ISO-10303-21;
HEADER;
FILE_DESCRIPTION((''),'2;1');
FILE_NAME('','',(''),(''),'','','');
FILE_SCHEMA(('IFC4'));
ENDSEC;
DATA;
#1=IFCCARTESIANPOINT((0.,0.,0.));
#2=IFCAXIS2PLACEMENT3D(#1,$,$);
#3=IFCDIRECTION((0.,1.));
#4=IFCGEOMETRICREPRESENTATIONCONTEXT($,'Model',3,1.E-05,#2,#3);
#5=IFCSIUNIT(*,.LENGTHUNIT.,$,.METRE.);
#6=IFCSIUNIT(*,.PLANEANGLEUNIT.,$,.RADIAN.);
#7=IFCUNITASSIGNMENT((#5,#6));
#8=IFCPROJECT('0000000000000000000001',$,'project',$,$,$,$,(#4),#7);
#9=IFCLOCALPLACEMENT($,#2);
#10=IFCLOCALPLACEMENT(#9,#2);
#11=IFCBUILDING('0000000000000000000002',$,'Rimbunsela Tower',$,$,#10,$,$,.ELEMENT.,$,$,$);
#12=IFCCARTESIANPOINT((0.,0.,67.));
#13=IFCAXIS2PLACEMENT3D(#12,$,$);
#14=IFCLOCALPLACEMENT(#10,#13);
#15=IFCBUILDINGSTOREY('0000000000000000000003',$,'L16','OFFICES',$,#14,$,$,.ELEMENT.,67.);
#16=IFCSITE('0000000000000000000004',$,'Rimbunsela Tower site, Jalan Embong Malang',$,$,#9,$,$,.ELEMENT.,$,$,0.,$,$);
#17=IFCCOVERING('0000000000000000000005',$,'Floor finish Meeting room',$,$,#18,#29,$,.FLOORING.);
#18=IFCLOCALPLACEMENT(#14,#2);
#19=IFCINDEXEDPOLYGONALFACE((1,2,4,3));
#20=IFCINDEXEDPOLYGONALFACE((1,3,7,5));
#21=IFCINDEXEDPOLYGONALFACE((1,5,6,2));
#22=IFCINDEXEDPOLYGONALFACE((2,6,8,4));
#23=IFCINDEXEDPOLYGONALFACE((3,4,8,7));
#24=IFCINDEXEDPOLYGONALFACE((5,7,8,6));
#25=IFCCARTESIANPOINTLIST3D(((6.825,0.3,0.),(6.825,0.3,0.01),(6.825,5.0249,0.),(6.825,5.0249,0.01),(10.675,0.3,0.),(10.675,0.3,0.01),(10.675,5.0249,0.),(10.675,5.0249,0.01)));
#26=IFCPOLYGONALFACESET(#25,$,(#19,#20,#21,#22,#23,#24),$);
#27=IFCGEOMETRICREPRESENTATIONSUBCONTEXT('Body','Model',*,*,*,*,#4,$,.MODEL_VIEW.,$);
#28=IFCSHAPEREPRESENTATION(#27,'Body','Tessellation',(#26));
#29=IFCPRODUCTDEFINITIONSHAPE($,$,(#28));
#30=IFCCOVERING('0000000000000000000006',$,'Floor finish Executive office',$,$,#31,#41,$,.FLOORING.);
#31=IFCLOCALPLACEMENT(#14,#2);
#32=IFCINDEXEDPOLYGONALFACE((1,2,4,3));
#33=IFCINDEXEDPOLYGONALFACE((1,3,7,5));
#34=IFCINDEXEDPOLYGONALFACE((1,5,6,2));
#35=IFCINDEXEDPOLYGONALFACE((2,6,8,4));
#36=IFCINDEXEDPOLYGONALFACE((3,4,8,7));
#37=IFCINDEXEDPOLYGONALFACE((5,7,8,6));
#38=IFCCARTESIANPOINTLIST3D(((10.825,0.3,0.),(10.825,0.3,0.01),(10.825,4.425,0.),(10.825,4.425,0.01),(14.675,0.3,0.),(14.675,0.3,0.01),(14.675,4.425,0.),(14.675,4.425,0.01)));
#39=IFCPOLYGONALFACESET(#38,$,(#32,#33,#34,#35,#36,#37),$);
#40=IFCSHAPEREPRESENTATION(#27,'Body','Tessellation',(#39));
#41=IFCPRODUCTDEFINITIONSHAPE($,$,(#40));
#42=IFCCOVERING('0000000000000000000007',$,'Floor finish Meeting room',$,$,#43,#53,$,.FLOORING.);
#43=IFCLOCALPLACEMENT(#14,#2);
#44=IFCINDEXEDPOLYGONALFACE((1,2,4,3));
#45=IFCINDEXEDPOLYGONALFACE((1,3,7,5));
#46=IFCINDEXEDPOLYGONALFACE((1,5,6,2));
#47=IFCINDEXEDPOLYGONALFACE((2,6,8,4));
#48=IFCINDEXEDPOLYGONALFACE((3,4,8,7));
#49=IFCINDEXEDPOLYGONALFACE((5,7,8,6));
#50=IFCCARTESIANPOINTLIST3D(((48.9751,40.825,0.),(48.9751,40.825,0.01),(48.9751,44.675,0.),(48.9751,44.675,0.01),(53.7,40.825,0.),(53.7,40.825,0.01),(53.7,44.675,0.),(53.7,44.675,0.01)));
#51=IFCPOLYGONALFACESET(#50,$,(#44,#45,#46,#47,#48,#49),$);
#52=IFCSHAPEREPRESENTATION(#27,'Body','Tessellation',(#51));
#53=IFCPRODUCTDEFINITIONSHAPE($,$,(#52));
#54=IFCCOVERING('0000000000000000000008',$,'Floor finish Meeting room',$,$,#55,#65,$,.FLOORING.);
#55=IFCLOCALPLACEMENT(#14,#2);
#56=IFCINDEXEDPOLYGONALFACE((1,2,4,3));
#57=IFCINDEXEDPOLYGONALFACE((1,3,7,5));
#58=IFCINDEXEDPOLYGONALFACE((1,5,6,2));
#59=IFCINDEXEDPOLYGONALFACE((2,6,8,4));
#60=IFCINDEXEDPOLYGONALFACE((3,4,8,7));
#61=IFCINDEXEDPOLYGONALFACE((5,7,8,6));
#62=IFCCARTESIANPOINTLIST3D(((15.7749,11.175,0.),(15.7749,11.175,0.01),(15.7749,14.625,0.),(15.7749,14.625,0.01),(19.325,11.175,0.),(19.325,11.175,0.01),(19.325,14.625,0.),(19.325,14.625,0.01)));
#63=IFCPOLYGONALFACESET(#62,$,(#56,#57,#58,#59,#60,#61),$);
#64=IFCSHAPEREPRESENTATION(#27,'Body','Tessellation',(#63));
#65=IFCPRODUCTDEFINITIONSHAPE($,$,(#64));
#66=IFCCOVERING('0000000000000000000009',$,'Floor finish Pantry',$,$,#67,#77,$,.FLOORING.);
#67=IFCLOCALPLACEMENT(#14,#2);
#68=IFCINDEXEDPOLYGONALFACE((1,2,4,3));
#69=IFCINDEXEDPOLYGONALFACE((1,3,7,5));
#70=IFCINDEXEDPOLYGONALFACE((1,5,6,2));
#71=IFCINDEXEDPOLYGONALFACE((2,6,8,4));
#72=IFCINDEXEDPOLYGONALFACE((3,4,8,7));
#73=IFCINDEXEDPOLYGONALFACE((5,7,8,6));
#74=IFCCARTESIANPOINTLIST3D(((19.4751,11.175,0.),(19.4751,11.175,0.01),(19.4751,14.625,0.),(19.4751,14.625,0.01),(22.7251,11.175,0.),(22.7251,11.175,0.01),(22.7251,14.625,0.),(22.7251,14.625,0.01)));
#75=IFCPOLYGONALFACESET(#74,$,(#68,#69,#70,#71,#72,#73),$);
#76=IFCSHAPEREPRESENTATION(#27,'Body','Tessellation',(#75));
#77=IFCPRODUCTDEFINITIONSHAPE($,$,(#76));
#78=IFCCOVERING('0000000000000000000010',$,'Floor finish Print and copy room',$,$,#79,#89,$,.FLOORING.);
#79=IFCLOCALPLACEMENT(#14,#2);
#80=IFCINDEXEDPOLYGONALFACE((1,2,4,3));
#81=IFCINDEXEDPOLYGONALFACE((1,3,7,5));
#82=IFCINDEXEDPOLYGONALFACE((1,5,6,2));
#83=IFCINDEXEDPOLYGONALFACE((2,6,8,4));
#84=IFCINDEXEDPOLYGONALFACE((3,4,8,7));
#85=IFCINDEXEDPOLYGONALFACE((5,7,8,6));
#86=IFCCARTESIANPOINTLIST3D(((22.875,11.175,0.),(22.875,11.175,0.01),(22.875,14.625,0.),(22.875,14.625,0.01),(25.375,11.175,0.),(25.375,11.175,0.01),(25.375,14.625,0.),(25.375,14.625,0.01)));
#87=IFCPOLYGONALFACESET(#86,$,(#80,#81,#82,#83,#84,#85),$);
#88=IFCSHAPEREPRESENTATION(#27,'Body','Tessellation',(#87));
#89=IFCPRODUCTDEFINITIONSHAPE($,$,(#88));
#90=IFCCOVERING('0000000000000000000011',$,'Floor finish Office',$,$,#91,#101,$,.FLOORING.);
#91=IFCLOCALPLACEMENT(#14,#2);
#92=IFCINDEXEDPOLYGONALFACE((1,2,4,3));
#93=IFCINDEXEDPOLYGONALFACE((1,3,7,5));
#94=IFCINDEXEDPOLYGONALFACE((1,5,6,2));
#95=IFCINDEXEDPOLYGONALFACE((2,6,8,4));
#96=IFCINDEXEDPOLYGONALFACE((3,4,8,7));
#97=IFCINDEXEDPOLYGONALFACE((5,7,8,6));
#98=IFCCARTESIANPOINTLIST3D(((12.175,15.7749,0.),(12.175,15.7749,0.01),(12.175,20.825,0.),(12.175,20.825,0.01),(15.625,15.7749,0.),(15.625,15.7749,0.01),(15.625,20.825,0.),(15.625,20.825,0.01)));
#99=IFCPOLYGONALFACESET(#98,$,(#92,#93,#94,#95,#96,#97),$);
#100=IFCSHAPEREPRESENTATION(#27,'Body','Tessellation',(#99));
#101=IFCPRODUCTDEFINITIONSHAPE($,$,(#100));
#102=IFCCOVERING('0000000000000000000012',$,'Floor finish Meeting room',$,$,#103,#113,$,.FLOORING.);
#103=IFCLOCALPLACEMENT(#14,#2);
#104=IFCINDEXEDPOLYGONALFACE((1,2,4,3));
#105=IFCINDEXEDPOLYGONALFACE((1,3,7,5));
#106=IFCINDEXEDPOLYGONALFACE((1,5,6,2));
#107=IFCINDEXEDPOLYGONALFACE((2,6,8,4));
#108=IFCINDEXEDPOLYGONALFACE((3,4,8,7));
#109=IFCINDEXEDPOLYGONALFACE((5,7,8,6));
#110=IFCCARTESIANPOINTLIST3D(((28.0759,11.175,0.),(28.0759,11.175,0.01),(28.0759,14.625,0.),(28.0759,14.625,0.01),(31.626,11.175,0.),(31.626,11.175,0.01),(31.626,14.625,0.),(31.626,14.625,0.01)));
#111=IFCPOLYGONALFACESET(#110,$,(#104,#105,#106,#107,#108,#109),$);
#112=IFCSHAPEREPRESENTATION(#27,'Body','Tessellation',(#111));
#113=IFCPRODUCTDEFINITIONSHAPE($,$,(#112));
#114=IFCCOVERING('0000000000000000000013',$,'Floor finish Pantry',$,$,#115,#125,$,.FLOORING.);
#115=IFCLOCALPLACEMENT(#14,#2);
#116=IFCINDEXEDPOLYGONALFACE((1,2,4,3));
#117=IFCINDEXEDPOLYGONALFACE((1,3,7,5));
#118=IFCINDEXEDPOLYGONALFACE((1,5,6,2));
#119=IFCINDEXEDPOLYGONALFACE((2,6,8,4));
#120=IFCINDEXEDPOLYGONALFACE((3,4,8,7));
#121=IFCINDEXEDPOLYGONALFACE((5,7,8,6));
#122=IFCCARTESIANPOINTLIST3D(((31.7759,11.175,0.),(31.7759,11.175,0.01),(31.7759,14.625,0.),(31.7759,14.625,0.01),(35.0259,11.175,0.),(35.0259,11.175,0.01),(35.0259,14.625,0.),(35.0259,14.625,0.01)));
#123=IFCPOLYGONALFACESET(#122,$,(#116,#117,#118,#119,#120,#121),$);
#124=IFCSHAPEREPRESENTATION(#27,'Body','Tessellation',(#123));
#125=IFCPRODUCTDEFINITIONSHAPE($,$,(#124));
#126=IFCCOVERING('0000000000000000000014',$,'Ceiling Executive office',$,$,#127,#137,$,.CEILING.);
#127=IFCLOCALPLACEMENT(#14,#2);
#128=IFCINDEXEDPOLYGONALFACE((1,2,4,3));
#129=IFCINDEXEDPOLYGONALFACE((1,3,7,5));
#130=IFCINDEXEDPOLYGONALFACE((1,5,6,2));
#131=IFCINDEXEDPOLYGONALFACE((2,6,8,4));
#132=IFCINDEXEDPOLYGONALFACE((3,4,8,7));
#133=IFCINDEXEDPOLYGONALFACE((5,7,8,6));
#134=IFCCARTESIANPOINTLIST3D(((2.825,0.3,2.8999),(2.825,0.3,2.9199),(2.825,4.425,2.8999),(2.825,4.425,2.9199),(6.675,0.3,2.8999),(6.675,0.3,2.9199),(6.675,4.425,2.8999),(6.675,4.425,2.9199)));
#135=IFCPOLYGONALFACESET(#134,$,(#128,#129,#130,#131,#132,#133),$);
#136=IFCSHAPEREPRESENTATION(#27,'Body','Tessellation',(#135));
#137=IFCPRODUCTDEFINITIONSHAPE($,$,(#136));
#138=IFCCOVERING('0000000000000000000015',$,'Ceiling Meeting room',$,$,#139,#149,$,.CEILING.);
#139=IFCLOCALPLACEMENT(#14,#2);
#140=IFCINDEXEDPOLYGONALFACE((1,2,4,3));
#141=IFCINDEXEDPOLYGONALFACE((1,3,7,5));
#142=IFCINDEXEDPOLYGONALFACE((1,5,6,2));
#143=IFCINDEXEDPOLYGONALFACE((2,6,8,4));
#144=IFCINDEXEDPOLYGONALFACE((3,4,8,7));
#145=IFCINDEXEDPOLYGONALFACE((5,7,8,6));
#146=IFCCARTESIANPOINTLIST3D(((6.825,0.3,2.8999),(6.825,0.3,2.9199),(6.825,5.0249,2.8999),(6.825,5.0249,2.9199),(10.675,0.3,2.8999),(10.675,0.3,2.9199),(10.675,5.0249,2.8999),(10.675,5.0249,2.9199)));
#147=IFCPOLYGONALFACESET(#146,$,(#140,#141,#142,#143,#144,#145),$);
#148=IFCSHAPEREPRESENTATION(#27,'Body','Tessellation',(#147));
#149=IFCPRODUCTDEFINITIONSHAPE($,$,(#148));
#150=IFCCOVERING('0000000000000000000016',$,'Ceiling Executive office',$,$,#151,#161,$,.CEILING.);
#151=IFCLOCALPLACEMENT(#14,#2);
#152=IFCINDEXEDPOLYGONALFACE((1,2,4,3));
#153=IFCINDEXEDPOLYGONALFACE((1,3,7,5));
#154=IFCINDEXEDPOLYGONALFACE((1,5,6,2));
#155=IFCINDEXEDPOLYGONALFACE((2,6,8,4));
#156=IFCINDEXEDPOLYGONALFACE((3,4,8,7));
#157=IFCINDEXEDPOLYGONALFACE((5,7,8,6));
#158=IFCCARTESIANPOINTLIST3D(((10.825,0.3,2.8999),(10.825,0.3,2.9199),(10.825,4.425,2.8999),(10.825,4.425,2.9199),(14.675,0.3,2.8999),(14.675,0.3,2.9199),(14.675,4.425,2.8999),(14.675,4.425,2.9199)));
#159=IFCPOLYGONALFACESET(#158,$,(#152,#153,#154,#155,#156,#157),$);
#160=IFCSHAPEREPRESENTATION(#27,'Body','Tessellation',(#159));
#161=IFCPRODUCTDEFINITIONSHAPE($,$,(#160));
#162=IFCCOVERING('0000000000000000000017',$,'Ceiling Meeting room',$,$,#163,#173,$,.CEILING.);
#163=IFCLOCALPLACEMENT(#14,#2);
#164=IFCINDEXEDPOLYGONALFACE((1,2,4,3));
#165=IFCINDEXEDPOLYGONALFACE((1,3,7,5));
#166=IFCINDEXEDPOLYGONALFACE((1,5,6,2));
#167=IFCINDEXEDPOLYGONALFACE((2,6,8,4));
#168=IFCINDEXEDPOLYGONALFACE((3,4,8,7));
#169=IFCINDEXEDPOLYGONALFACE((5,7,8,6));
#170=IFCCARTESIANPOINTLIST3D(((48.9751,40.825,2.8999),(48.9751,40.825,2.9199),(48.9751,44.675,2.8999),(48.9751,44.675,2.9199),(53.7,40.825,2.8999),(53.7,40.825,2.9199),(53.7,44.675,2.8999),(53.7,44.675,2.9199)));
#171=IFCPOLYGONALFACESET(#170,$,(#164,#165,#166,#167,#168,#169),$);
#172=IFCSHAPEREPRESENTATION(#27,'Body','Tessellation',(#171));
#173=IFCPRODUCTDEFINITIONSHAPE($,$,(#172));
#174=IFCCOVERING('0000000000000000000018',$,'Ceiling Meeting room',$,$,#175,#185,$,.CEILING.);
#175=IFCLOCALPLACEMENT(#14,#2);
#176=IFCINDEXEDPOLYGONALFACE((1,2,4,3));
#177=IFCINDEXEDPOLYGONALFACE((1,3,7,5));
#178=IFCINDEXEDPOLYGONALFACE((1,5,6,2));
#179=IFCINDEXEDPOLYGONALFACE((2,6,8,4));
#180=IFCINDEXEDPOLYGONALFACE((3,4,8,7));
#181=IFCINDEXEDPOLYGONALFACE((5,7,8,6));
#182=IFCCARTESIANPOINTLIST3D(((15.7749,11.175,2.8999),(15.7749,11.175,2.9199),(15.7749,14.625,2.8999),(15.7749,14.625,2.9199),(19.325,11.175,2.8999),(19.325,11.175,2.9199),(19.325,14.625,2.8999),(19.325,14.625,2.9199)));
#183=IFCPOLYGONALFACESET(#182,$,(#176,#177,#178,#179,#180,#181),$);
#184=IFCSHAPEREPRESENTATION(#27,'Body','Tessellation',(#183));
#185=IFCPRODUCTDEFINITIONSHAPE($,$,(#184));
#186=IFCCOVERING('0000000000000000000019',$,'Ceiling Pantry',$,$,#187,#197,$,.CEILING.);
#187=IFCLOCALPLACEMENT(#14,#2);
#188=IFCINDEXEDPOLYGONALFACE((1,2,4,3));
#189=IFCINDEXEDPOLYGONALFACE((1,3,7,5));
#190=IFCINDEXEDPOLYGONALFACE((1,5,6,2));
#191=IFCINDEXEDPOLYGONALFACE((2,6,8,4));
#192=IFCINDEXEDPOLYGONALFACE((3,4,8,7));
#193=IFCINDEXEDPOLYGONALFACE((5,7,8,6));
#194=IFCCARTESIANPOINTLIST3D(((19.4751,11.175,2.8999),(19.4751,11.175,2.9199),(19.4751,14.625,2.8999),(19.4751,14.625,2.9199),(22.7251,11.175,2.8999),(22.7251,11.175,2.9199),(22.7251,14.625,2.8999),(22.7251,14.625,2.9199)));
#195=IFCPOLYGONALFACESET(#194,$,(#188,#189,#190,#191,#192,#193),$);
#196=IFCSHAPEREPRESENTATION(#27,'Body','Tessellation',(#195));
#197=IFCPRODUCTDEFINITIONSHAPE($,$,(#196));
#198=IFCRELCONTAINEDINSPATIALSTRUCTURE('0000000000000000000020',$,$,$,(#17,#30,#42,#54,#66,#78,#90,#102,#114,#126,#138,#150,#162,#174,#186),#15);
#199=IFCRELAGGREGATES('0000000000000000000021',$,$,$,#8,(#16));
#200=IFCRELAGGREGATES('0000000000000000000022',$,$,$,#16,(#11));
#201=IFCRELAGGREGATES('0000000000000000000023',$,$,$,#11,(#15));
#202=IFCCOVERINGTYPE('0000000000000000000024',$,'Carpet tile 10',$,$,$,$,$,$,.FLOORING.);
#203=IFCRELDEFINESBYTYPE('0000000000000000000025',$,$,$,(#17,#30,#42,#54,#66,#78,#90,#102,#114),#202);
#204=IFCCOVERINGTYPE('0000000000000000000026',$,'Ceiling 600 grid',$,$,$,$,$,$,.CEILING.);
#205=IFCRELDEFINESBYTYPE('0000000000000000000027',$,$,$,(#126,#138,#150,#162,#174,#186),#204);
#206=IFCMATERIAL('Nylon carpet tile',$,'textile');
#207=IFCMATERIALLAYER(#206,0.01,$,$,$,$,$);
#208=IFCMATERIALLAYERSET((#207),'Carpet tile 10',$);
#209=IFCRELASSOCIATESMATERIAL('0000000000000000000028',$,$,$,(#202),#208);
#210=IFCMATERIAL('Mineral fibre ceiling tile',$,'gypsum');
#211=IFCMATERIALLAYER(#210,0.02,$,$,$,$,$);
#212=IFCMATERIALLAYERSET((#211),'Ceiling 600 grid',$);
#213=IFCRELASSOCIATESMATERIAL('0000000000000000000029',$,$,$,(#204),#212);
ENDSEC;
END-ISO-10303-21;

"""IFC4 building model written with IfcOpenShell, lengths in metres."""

from ifc_helpers import new_model, si_unit, direction, frame, origin, place, context, subcontext, project, spatial, polyline, outline, extrude, material, layer, layer_set, type_object, element, save


model = new_model("IFC4")

# Units and contexts
model_context = context("Model", 3, precision=1e-05, world=origin(), true_north=direction((0.0, 1.0)))
body_context = subcontext(model_context, "Body", "Model", "MODEL_VIEW")
ifc_project = project(units=[si_unit("LENGTHUNIT", "METRE"), si_unit("PLANEANGLEUNIT", "RADIAN")], contexts=[model_context])

# Site, building, storey
site_placement = place(None, origin())
site = spatial("IfcSite", under=ifc_project, at=site_placement, Name="Rimbunsela Tower site, Jalan Embong Malang", CompositionType="ELEMENT", RefElevation=0.0)
building_placement = place(site_placement, origin())
building = spatial("IfcBuilding", under=site, at=building_placement, Name="Rimbunsela Tower", CompositionType="ELEMENT")
storey_placement = place(building_placement, frame((0.0, 0.0, 67.0)))
storey = spatial("IfcBuildingStorey", under=building, at=storey_placement, Name="L16", Description="OFFICES", CompositionType="ELEMENT", Elevation=67.0)

# Coverings
ifc_material_1 = material(Name="Nylon carpet tile", Category="textile")
ifc_layer_1 = layer(ifc_material_1, 0.01)
ifc_layer_set_1 = layer_set([ifc_layer_1], Name="Carpet tile 10")
covering_type_1 = type_object("IfcCoveringType", Name="Carpet tile 10", PredefinedType="FLOORING", material=ifc_layer_set_1)
covering_1_placement = place(storey_placement, origin())
element("IfcCovering", 1, at=covering_1_placement, inside=storey, type_object=covering_type_1, Name="Floor finish Meeting room", PredefinedType="FLOORING", context=body_context, shape_type="SweptSolid", body=[
    extrude(outline(polyline([(10.675, 0.3), (10.675, 5.0249), (6.825, 5.0249), (6.825, 0.3), (10.675, 0.3)])), origin(), (0.0, 0.0, 1.0), 0.01),
])
covering_2_placement = place(storey_placement, origin())
element("IfcCovering", 2, at=covering_2_placement, inside=storey, type_object=covering_type_1, Name="Floor finish Executive office", PredefinedType="FLOORING", context=body_context, shape_type="SweptSolid", body=[
    extrude(outline(polyline([(14.675, 0.3), (14.675, 4.425), (10.825, 4.425), (10.825, 0.3), (14.675, 0.3)])), origin(), (0.0, 0.0, 1.0), 0.01),
])
covering_3_placement = place(storey_placement, origin())
element("IfcCovering", 3, at=covering_3_placement, inside=storey, type_object=covering_type_1, Name="Floor finish Meeting room", PredefinedType="FLOORING", context=body_context, shape_type="SweptSolid", body=[
    extrude(outline(polyline([(53.7, 40.825), (53.7, 44.675), (48.9751, 44.675), (48.9751, 40.825), (53.7, 40.825)])), origin(), (0.0, 0.0, 1.0), 0.01),
])
covering_4_placement = place(storey_placement, origin())
element("IfcCovering", 4, at=covering_4_placement, inside=storey, type_object=covering_type_1, Name="Floor finish Meeting room", PredefinedType="FLOORING", context=body_context, shape_type="SweptSolid", body=[
    extrude(outline(polyline([(19.325, 11.175), (19.325, 14.625), (15.7749, 14.625), (15.7749, 11.175), (19.325, 11.175)])), origin(), (0.0, 0.0, 1.0), 0.01),
])
covering_5_placement = place(storey_placement, origin())
element("IfcCovering", 5, at=covering_5_placement, inside=storey, type_object=covering_type_1, Name="Floor finish Pantry", PredefinedType="FLOORING", context=body_context, shape_type="SweptSolid", body=[
    extrude(outline(polyline([(22.7251, 11.175), (22.7251, 14.625), (19.4751, 14.625), (19.4751, 11.175), (22.7251, 11.175)])), origin(), (0.0, 0.0, 1.0), 0.01),
])
covering_6_placement = place(storey_placement, origin())
element("IfcCovering", 6, at=covering_6_placement, inside=storey, type_object=covering_type_1, Name="Floor finish Print and copy room", PredefinedType="FLOORING", context=body_context, shape_type="SweptSolid", body=[
    extrude(outline(polyline([(25.375, 11.175), (25.375, 14.625), (22.875, 14.625), (22.875, 11.175), (25.375, 11.175)])), origin(), (0.0, 0.0, 1.0), 0.01),
])
covering_7_placement = place(storey_placement, origin())
element("IfcCovering", 7, at=covering_7_placement, inside=storey, type_object=covering_type_1, Name="Floor finish Office", PredefinedType="FLOORING", context=body_context, shape_type="SweptSolid", body=[
    extrude(outline(polyline([(15.625, 15.7749), (15.625, 20.825), (12.175, 20.825), (12.175, 15.7749), (15.625, 15.7749)])), origin(), (0.0, 0.0, 1.0), 0.01),
])
covering_8_placement = place(storey_placement, origin())
element("IfcCovering", 8, at=covering_8_placement, inside=storey, type_object=covering_type_1, Name="Floor finish Meeting room", PredefinedType="FLOORING", context=body_context, shape_type="SweptSolid", body=[
    extrude(outline(polyline([(31.626, 11.175), (31.626, 14.625), (28.0759, 14.625), (28.0759, 11.175), (31.626, 11.175)])), origin(), (0.0, 0.0, 1.0), 0.01),
])
covering_9_placement = place(storey_placement, origin())
element("IfcCovering", 9, at=covering_9_placement, inside=storey, type_object=covering_type_1, Name="Floor finish Pantry", PredefinedType="FLOORING", context=body_context, shape_type="SweptSolid", body=[
    extrude(outline(polyline([(35.0259, 11.175), (35.0259, 14.625), (31.7759, 14.625), (31.7759, 11.175), (35.0259, 11.175)])), origin(), (0.0, 0.0, 1.0), 0.01),
])
ifc_material_2 = material(Name="Mineral fibre ceiling tile", Category="gypsum")
ifc_layer_2 = layer(ifc_material_2, 0.02)
ifc_layer_set_2 = layer_set([ifc_layer_2], Name="Ceiling 600 grid")
covering_type_2 = type_object("IfcCoveringType", Name="Ceiling 600 grid", PredefinedType="CEILING", material=ifc_layer_set_2)
covering_10_placement = place(storey_placement, frame((0.0, 0.0, 2.8999)))
element("IfcCovering", 10, at=covering_10_placement, inside=storey, type_object=covering_type_2, Name="Ceiling Executive office", PredefinedType="CEILING", context=body_context, shape_type="SweptSolid", body=[
    extrude(outline(polyline([(6.675, 0.3), (6.675, 4.425), (2.825, 4.425), (2.825, 0.3), (6.675, 0.3)])), origin(), (0.0, 0.0, 1.0), 0.02),
])
covering_11_placement = place(storey_placement, frame((0.0, 0.0, 2.8999)))
element("IfcCovering", 11, at=covering_11_placement, inside=storey, type_object=covering_type_2, Name="Ceiling Meeting room", PredefinedType="CEILING", context=body_context, shape_type="SweptSolid", body=[
    extrude(outline(polyline([(10.675, 0.3), (10.675, 5.0249), (6.825, 5.0249), (6.825, 0.3), (10.675, 0.3)])), origin(), (0.0, 0.0, 1.0), 0.02),
])
covering_12_placement = place(storey_placement, frame((0.0, 0.0, 2.8999)))
element("IfcCovering", 12, at=covering_12_placement, inside=storey, type_object=covering_type_2, Name="Ceiling Executive office", PredefinedType="CEILING", context=body_context, shape_type="SweptSolid", body=[
    extrude(outline(polyline([(14.675, 0.3), (14.675, 4.425), (10.825, 4.425), (10.825, 0.3), (14.675, 0.3)])), origin(), (0.0, 0.0, 1.0), 0.02),
])
covering_13_placement = place(storey_placement, frame((0.0, 0.0, 2.8999)))
element("IfcCovering", 13, at=covering_13_placement, inside=storey, type_object=covering_type_2, Name="Ceiling Meeting room", PredefinedType="CEILING", context=body_context, shape_type="SweptSolid", body=[
    extrude(outline(polyline([(53.7, 40.825), (53.7, 44.675), (48.9751, 44.675), (48.9751, 40.825), (53.7, 40.825)])), origin(), (0.0, 0.0, 1.0), 0.02),
])
covering_14_placement = place(storey_placement, frame((0.0, 0.0, 2.8999)))
element("IfcCovering", 14, at=covering_14_placement, inside=storey, type_object=covering_type_2, Name="Ceiling Meeting room", PredefinedType="CEILING", context=body_context, shape_type="SweptSolid", body=[
    extrude(outline(polyline([(19.325, 11.175), (19.325, 14.625), (15.7749, 14.625), (15.7749, 11.175), (19.325, 11.175)])), origin(), (0.0, 0.0, 1.0), 0.02),
])
covering_15_placement = place(storey_placement, frame((0.0, 0.0, 2.8999)))
element("IfcCovering", 15, at=covering_15_placement, inside=storey, type_object=covering_type_2, Name="Ceiling Pantry", PredefinedType="CEILING", context=body_context, shape_type="SweptSolid", body=[
    extrude(outline(polyline([(22.7251, 11.175), (22.7251, 14.625), (19.4751, 14.625), (19.4751, 11.175), (22.7251, 11.175)])), origin(), (0.0, 0.0, 1.0), 0.02),
])

save(model, "model.ifc")
